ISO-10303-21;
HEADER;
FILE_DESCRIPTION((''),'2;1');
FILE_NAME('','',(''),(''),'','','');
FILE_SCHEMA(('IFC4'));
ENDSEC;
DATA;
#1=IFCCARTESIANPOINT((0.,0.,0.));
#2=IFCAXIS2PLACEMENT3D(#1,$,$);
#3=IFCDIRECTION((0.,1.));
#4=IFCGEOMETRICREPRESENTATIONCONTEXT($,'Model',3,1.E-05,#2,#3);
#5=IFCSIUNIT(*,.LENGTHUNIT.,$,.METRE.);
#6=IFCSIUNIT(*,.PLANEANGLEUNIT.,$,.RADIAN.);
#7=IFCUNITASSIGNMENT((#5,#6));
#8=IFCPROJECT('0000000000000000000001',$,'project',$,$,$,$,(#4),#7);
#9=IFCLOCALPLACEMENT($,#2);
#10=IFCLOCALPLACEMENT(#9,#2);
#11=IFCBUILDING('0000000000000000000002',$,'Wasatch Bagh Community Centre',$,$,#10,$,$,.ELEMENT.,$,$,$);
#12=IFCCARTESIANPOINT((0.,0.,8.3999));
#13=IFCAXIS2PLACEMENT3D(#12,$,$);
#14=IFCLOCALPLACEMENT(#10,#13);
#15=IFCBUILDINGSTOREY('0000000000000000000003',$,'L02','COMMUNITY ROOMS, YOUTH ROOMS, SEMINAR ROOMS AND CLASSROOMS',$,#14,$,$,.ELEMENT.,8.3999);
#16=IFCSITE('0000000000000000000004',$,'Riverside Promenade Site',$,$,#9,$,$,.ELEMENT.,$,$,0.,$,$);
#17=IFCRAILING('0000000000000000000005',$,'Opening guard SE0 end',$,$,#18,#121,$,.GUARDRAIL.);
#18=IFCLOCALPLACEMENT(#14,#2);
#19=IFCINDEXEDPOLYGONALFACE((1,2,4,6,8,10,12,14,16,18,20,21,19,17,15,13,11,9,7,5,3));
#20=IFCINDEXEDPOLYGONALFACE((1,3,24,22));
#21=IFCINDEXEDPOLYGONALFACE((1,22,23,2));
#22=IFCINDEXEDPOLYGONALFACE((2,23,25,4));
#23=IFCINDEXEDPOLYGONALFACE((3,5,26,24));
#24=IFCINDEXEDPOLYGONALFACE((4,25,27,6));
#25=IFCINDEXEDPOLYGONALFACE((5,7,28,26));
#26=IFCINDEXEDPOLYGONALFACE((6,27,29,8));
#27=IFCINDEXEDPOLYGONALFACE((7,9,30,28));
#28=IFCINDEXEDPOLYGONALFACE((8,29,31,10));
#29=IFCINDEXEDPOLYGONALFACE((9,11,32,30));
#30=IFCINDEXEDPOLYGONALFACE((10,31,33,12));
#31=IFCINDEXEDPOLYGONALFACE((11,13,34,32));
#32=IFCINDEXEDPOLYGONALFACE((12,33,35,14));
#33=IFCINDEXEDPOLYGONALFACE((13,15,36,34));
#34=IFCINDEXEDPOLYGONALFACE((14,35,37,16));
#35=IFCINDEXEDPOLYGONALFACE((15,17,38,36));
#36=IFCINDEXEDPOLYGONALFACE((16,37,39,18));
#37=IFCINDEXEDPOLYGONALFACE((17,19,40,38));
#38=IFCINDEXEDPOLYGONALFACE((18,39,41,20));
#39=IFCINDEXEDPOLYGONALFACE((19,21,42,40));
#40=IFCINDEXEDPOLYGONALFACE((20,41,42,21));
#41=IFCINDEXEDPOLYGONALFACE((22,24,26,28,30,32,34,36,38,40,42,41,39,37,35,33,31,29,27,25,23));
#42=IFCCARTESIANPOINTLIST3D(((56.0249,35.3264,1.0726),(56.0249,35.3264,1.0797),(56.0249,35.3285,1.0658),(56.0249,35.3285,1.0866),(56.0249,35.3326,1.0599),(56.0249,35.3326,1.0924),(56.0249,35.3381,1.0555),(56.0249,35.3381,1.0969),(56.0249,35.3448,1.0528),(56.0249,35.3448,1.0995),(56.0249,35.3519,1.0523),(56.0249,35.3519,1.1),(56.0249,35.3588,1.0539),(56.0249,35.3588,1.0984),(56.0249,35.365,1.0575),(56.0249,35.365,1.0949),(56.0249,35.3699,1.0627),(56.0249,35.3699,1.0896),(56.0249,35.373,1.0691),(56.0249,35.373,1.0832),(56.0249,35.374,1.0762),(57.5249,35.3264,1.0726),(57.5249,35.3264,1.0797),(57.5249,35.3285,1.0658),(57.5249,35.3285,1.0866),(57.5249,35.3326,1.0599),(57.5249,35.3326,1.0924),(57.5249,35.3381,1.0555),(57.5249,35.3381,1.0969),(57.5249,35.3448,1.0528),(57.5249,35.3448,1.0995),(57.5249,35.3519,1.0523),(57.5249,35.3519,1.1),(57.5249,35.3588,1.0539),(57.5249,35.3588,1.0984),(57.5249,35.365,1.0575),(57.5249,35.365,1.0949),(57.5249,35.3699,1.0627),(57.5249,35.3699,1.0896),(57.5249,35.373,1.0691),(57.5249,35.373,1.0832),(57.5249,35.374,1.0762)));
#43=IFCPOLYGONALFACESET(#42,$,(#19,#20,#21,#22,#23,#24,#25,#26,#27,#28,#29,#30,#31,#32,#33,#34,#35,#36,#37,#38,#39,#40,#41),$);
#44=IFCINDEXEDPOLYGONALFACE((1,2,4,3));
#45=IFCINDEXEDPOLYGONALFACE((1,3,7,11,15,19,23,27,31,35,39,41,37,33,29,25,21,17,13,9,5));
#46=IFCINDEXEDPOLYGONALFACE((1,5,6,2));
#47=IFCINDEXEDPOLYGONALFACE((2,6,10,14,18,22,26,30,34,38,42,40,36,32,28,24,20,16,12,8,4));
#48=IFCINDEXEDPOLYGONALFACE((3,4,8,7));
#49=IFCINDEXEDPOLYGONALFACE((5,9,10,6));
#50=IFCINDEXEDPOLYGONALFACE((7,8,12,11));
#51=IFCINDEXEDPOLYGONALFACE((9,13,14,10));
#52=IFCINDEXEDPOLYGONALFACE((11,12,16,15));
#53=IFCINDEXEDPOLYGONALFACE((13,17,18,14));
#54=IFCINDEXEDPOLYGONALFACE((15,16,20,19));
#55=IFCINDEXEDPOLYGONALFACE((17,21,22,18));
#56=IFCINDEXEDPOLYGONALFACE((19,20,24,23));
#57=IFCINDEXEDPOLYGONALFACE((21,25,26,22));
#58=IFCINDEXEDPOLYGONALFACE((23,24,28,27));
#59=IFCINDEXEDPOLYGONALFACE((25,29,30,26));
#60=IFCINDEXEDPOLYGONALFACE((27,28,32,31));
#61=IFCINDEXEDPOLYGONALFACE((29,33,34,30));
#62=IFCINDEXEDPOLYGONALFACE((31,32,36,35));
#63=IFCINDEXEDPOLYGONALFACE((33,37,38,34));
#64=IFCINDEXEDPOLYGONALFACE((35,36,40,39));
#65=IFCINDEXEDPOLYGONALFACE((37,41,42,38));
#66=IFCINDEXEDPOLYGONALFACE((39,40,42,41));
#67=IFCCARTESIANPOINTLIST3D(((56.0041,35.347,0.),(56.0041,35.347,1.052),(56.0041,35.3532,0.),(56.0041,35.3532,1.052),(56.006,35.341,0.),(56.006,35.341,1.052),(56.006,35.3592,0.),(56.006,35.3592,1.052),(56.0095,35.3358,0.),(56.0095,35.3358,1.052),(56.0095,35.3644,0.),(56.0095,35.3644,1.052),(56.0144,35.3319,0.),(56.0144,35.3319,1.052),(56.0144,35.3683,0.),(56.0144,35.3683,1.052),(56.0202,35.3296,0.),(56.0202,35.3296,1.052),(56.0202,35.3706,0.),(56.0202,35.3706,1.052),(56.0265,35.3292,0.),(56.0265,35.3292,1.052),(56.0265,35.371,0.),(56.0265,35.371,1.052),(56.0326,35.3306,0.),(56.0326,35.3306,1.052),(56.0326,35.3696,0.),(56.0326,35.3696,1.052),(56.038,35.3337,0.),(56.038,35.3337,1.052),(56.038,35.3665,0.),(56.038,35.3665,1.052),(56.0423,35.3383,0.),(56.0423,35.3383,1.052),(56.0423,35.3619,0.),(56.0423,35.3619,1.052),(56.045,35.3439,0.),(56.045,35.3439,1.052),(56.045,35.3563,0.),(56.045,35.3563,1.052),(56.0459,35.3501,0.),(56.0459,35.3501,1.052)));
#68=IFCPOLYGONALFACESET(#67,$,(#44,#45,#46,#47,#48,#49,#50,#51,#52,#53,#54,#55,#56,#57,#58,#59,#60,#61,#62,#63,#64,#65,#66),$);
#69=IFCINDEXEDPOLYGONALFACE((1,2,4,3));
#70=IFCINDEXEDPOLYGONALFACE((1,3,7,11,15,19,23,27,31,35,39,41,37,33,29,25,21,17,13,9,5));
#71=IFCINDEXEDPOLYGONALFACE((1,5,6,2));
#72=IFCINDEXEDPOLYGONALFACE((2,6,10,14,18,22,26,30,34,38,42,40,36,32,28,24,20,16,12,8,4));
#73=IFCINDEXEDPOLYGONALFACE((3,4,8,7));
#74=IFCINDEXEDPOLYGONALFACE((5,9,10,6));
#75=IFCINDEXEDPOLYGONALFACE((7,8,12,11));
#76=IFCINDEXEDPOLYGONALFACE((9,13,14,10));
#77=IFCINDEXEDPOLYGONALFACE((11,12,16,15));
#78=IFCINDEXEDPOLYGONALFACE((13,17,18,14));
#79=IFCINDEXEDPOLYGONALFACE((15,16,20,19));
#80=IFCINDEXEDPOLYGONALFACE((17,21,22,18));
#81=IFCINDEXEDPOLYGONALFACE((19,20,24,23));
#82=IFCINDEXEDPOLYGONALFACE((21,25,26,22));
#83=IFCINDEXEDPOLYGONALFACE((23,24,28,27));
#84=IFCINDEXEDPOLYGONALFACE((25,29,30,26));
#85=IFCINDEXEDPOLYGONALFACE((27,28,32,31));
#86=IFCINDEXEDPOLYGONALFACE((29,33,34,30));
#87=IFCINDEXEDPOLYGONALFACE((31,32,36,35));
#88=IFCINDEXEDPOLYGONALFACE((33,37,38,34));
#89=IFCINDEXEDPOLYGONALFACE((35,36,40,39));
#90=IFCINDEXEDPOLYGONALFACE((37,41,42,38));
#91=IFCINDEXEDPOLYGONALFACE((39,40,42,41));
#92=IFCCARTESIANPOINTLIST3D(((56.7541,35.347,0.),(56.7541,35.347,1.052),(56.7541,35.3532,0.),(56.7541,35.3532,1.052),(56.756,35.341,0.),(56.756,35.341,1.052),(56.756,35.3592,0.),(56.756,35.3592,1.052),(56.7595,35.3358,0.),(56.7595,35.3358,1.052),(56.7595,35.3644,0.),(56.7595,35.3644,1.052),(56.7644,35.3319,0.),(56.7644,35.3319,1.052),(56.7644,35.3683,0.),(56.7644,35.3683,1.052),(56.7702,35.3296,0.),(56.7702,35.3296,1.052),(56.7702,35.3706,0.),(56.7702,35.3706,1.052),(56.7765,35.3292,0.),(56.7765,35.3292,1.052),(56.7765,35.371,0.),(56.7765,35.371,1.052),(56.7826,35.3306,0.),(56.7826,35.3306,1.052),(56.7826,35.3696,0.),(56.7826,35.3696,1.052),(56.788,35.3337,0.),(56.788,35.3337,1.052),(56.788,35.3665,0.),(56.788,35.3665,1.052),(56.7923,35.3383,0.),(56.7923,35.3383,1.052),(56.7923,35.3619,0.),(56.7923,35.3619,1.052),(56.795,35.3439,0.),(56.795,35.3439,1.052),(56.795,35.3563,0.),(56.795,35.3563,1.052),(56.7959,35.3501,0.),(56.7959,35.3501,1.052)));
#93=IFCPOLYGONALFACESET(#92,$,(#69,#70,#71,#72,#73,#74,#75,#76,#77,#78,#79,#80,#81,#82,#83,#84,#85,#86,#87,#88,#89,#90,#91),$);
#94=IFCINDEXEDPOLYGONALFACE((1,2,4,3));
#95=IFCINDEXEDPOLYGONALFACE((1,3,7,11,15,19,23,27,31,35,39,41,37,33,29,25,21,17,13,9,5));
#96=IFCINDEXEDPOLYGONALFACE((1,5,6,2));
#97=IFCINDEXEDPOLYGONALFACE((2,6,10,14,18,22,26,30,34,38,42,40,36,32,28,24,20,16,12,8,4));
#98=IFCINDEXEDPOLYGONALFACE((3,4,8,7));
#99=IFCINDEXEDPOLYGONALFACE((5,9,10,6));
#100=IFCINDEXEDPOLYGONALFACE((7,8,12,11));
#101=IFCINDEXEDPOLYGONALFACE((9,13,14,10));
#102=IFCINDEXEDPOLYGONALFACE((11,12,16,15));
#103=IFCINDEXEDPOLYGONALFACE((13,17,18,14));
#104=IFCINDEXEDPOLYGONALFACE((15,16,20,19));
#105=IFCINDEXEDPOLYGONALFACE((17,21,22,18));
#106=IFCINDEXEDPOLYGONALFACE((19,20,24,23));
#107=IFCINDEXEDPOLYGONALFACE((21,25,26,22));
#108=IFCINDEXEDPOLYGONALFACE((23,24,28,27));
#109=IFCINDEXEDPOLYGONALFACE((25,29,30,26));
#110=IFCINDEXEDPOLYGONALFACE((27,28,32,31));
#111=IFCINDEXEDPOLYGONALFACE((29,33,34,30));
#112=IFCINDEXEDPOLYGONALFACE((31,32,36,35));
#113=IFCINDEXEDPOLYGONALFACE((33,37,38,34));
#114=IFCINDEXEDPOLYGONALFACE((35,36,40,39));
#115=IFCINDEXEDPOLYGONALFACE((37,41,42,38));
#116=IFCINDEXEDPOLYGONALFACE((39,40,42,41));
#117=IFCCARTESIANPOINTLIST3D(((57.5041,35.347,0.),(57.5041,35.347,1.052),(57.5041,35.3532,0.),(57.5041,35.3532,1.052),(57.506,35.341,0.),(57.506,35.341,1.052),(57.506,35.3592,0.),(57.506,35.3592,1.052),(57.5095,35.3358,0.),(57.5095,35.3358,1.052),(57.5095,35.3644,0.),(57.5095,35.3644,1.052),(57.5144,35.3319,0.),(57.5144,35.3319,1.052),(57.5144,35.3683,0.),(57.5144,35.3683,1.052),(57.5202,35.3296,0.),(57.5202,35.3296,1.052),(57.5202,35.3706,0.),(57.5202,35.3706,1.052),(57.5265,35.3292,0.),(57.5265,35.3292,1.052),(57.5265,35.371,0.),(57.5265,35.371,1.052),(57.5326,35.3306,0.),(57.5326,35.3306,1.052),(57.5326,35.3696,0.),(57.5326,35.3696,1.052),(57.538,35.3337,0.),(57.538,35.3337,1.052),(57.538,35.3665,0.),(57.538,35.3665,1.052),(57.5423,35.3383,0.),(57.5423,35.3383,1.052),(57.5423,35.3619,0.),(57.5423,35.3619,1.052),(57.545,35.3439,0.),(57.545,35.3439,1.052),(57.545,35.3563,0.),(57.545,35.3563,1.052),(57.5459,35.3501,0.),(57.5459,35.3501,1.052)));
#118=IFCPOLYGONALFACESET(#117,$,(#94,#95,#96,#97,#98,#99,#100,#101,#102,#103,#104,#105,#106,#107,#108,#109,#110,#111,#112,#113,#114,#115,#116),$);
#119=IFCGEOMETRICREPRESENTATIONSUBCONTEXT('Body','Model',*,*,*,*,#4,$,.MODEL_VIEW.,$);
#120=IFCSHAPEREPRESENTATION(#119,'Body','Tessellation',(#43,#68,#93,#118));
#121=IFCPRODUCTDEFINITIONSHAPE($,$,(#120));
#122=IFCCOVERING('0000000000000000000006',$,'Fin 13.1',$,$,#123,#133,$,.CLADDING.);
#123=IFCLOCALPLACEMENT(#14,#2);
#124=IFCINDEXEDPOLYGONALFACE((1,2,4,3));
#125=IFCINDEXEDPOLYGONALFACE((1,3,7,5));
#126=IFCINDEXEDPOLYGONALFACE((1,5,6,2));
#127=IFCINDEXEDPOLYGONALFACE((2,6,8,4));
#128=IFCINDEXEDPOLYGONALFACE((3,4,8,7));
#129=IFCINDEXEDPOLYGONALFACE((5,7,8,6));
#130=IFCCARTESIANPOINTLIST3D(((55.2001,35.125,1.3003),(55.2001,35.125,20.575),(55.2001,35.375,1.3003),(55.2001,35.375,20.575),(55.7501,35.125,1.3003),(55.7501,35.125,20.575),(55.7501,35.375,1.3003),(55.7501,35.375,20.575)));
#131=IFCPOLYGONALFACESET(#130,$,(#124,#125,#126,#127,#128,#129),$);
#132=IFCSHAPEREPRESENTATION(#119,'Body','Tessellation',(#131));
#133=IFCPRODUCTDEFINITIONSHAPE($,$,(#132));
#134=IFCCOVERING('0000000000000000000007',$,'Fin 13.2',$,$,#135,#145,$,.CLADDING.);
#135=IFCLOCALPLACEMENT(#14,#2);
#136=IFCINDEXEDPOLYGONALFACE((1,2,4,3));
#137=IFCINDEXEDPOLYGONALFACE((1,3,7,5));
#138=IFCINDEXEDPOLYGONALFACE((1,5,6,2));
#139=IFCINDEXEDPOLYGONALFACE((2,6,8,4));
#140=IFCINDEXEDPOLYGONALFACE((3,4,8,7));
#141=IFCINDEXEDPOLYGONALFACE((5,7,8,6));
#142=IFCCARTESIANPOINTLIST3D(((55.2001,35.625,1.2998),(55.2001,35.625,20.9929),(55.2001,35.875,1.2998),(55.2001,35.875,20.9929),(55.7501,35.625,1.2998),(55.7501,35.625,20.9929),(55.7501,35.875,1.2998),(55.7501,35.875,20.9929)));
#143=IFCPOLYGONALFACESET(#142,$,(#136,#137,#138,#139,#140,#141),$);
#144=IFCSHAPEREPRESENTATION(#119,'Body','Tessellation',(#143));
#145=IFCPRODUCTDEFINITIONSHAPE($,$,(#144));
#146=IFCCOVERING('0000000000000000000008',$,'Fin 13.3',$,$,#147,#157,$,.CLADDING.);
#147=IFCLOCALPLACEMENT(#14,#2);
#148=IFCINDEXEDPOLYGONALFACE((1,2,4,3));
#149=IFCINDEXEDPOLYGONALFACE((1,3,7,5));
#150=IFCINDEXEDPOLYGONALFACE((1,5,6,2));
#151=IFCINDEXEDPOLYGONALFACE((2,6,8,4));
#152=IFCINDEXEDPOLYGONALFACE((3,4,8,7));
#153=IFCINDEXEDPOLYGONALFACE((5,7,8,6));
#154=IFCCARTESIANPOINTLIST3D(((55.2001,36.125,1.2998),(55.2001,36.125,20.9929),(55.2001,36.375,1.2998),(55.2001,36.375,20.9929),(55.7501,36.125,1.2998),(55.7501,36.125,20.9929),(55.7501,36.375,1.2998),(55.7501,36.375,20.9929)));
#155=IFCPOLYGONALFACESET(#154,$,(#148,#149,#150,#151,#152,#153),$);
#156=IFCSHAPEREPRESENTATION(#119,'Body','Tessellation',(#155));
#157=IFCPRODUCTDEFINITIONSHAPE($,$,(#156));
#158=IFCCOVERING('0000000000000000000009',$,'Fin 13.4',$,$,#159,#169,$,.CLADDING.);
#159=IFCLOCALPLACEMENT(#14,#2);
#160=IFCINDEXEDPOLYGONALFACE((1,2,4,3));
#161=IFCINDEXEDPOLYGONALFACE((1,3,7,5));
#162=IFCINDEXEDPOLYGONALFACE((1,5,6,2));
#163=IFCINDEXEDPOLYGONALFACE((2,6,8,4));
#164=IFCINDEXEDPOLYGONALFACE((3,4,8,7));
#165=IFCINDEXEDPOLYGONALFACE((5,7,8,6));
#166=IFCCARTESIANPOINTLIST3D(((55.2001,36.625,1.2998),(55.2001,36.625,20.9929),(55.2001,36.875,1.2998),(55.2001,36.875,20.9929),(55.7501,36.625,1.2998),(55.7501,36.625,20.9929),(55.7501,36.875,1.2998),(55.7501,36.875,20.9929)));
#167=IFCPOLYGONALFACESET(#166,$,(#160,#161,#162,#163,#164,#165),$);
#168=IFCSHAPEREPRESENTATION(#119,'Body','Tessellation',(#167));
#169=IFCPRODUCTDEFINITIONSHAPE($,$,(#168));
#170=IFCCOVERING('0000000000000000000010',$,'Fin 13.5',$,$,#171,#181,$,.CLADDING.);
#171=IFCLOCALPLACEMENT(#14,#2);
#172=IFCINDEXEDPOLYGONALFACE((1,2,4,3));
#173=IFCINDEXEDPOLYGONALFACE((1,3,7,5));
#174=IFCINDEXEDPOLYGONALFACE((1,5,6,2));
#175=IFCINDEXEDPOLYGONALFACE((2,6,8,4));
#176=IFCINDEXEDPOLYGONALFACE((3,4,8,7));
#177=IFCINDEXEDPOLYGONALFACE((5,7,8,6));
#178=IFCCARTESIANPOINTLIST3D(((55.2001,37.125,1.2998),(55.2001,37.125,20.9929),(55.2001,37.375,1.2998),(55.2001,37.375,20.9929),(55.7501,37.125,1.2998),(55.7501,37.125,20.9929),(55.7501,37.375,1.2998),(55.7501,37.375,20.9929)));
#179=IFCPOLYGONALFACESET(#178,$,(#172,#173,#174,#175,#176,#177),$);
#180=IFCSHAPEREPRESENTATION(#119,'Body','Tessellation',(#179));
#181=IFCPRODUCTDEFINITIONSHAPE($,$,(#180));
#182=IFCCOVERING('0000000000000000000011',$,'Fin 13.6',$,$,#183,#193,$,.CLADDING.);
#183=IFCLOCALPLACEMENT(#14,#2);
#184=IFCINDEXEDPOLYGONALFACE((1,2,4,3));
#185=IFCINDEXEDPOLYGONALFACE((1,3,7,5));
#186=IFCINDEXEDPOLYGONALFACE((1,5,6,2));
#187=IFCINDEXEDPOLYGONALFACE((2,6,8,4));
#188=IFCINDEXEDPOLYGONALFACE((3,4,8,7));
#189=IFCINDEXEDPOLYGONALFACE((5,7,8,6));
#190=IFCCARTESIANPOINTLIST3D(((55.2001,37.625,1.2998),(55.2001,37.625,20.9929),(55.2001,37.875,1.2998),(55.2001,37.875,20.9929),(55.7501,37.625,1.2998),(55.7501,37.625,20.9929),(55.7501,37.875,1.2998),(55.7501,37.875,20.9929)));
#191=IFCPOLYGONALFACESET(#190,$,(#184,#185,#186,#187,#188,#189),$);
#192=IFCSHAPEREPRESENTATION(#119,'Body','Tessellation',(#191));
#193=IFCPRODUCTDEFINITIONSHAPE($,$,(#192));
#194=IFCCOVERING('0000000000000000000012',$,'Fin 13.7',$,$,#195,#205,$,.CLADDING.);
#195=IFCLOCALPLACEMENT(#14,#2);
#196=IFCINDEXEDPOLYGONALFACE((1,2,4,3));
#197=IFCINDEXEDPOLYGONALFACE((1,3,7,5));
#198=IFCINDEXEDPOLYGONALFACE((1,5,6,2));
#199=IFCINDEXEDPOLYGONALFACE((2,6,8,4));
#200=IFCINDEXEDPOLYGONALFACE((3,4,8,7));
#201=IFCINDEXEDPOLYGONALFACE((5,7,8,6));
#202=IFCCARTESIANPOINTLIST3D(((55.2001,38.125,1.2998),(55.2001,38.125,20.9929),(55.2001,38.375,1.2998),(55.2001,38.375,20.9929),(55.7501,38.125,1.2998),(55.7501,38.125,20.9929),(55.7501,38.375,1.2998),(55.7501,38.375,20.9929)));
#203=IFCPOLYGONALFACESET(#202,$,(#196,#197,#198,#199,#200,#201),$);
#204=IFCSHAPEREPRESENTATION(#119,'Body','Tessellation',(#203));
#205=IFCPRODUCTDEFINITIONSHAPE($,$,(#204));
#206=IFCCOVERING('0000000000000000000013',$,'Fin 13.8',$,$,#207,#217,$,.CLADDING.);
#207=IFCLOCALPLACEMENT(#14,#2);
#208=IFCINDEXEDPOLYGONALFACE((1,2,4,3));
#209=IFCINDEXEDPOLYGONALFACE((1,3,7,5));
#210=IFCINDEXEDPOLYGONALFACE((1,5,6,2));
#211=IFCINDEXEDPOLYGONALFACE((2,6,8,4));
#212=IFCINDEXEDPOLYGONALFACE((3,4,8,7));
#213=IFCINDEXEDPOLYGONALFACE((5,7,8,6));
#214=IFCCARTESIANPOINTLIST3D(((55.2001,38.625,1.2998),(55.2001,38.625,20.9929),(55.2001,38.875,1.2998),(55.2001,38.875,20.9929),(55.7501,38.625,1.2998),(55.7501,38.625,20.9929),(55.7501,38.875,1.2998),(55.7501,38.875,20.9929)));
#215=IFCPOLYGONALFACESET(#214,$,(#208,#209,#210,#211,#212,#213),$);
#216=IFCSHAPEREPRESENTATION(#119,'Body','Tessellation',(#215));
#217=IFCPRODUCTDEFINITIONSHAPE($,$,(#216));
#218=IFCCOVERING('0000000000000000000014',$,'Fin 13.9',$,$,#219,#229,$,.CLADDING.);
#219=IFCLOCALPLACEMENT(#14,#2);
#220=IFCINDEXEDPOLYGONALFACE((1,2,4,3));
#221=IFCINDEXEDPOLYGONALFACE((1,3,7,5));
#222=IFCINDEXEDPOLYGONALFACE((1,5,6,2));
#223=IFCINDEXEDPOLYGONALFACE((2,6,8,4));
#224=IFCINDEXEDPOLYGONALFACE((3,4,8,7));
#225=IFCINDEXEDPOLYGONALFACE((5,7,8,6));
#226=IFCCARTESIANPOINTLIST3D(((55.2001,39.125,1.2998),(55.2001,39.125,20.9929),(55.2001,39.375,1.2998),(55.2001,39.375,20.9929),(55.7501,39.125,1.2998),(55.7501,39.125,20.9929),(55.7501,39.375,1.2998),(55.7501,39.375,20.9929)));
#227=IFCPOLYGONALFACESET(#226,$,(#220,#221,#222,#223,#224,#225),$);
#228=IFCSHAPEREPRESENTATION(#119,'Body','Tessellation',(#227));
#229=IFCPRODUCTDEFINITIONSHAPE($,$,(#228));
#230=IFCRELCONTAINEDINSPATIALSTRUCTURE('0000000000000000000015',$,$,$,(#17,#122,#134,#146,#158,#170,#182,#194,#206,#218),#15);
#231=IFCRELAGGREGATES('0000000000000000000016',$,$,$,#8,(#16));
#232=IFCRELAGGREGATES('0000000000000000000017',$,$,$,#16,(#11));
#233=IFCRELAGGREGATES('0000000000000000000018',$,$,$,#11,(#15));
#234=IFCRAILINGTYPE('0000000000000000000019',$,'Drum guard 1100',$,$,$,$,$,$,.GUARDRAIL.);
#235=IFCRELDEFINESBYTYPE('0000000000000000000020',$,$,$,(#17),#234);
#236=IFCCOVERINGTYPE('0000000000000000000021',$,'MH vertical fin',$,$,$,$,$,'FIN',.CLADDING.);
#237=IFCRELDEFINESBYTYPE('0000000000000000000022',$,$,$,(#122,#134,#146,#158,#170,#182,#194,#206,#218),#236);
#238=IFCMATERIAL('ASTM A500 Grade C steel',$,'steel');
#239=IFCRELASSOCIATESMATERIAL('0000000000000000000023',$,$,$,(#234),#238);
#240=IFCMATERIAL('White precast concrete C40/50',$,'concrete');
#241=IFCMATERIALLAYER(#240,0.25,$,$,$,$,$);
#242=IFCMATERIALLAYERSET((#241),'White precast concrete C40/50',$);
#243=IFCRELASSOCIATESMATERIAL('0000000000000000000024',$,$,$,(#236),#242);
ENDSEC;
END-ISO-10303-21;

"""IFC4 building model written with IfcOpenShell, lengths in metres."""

from ifc_helpers import new_model, si_unit, direction, frame, origin, origin_2d, place, context, subcontext, project, spatial, rectangle, circle, extrude, material, layer, layer_set, type_object, element, save


model = new_model("IFC4")

# Units and contexts
model_context = context("Model", 3, precision=1e-05, world=origin(), true_north=direction((0.0, 1.0)))
body_context = subcontext(model_context, "Body", "Model", "MODEL_VIEW")
ifc_project = project(units=[si_unit("LENGTHUNIT", "METRE"), si_unit("PLANEANGLEUNIT", "RADIAN")], contexts=[model_context])

# Site, building, storey
site_placement = place(None, origin())
site = spatial("IfcSite", under=ifc_project, at=site_placement, Name="Riverside Promenade Site", CompositionType="ELEMENT", RefElevation=0.0)
building_placement = place(site_placement, origin())
building = spatial("IfcBuilding", under=site, at=building_placement, Name="Wasatch Bagh Community Centre", CompositionType="ELEMENT")
storey_placement = place(building_placement, frame((0.0, 0.0, 8.3999)))
storey = spatial("IfcBuildingStorey", under=building, at=storey_placement, Name="L02", Description="COMMUNITY ROOMS, YOUTH ROOMS, SEMINAR ROOMS AND CLASSROOMS", CompositionType="ELEMENT", Elevation=8.3999)

# Railing
ifc_material_1 = material(Name="ASTM A500 Grade C steel", Category="steel")
railing_type = type_object("IfcRailingType", Name="Drum guard 1100", PredefinedType="GUARDRAIL", material=ifc_material_1)
railing_1_placement = place(storey_placement, frame((56.0249, 35.3501, 0.0)))
element("IfcRailing", 1, at=railing_1_placement, inside=storey, type_object=railing_type, Name="Opening guard SE0 end", PredefinedType="GUARDRAIL", context=body_context, shape_type="SweptSolid", body=[
    extrude(circle(Radius=0.0239, at=origin_2d()), frame((0.0, 0.0, 1.0762), z_axis=(1.0, 0.0, 0.0), x_axis=(0.0, 1.0, 0.0)), (0.0, 0.0, 1.0), 1.5),
    extrude(circle(Radius=0.021, at=origin_2d()), origin(), (0.0, 0.0, 1.0), 1.052),
    extrude(circle(Radius=0.021, at=origin_2d()), frame((0.75, 0.0, 0.0)), (0.0, 0.0, 1.0), 1.052),
    extrude(circle(Radius=0.021, at=origin_2d()), frame((1.5, 0.0, 0.0)), (0.0, 0.0, 1.0), 1.052),
])

# Coverings
ifc_material_2 = material(Name="White precast concrete C40/50", Category="concrete")
ifc_layer_1 = layer(ifc_material_2, 0.25)
ifc_layer_set_1 = layer_set([ifc_layer_1], Name="White precast concrete C40/50")
covering_type = type_object("IfcCoveringType", Name="MH vertical fin", ElementType="FIN", PredefinedType="CLADDING", material=ifc_layer_set_1)
covering_placement = place(storey_placement, frame((55.4751, 35.25, 1.3003), z_axis=(0.0, 0.0, 1.0), x_axis=(0.0, 1.0, 0.0)))
element("IfcCovering", 2, at=covering_placement, inside=storey, type_object=covering_type, Name="Fin 13.1", PredefinedType="CLADDING", context=body_context, shape_type="SweptSolid", body=[
    extrude(rectangle(XDim=0.25, YDim=0.55, at=origin_2d()), origin(), (0.0, 0.0, 1.0), 19.2747),
])
for number, where, z_axis, x_axis, name in (
    (3, (55.4751, 35.75, 1.2998), (0.0, 0.0, 1.0), (0.0, 1.0, 0.0), "Fin 13.2"),
    (4, (55.4751, 36.25, 1.2998), (0.0, 0.0, 1.0), (0.0, 1.0, 0.0), "Fin 13.3"),
    (5, (55.4751, 36.75, 1.2998), (0.0, 0.0, 1.0), (0.0, 1.0, 0.0), "Fin 13.4"),
    (6, (55.4751, 37.25, 1.2998), (0.0, 0.0, 1.0), (0.0, 1.0, 0.0), "Fin 13.5"),
    (7, (55.4751, 37.75, 1.2998), (0.0, 0.0, 1.0), (0.0, 1.0, 0.0), "Fin 13.6"),
    (8, (55.4751, 38.25, 1.2998), (0.0, 0.0, 1.0), (0.0, 1.0, 0.0), "Fin 13.7"),
    (9, (55.4751, 38.75, 1.2998), (0.0, 0.0, 1.0), (0.0, 1.0, 0.0), "Fin 13.8"),
    (10, (55.4751, 39.25, 1.2998), (0.0, 0.0, 1.0), (0.0, 1.0, 0.0), "Fin 13.9"),
):
    element("IfcCovering", number, at=place(storey_placement, frame(where, z_axis=z_axis, x_axis=x_axis)), inside=storey, type_object=covering_type, Name=name, PredefinedType="CLADDING", context=body_context, shape_type="SweptSolid", body=[
        extrude(rectangle(XDim=0.25, YDim=0.55, at=origin_2d()), origin(), (0.0, 0.0, 1.0), 19.6931),
    ])

save(model, "model.ifc")
